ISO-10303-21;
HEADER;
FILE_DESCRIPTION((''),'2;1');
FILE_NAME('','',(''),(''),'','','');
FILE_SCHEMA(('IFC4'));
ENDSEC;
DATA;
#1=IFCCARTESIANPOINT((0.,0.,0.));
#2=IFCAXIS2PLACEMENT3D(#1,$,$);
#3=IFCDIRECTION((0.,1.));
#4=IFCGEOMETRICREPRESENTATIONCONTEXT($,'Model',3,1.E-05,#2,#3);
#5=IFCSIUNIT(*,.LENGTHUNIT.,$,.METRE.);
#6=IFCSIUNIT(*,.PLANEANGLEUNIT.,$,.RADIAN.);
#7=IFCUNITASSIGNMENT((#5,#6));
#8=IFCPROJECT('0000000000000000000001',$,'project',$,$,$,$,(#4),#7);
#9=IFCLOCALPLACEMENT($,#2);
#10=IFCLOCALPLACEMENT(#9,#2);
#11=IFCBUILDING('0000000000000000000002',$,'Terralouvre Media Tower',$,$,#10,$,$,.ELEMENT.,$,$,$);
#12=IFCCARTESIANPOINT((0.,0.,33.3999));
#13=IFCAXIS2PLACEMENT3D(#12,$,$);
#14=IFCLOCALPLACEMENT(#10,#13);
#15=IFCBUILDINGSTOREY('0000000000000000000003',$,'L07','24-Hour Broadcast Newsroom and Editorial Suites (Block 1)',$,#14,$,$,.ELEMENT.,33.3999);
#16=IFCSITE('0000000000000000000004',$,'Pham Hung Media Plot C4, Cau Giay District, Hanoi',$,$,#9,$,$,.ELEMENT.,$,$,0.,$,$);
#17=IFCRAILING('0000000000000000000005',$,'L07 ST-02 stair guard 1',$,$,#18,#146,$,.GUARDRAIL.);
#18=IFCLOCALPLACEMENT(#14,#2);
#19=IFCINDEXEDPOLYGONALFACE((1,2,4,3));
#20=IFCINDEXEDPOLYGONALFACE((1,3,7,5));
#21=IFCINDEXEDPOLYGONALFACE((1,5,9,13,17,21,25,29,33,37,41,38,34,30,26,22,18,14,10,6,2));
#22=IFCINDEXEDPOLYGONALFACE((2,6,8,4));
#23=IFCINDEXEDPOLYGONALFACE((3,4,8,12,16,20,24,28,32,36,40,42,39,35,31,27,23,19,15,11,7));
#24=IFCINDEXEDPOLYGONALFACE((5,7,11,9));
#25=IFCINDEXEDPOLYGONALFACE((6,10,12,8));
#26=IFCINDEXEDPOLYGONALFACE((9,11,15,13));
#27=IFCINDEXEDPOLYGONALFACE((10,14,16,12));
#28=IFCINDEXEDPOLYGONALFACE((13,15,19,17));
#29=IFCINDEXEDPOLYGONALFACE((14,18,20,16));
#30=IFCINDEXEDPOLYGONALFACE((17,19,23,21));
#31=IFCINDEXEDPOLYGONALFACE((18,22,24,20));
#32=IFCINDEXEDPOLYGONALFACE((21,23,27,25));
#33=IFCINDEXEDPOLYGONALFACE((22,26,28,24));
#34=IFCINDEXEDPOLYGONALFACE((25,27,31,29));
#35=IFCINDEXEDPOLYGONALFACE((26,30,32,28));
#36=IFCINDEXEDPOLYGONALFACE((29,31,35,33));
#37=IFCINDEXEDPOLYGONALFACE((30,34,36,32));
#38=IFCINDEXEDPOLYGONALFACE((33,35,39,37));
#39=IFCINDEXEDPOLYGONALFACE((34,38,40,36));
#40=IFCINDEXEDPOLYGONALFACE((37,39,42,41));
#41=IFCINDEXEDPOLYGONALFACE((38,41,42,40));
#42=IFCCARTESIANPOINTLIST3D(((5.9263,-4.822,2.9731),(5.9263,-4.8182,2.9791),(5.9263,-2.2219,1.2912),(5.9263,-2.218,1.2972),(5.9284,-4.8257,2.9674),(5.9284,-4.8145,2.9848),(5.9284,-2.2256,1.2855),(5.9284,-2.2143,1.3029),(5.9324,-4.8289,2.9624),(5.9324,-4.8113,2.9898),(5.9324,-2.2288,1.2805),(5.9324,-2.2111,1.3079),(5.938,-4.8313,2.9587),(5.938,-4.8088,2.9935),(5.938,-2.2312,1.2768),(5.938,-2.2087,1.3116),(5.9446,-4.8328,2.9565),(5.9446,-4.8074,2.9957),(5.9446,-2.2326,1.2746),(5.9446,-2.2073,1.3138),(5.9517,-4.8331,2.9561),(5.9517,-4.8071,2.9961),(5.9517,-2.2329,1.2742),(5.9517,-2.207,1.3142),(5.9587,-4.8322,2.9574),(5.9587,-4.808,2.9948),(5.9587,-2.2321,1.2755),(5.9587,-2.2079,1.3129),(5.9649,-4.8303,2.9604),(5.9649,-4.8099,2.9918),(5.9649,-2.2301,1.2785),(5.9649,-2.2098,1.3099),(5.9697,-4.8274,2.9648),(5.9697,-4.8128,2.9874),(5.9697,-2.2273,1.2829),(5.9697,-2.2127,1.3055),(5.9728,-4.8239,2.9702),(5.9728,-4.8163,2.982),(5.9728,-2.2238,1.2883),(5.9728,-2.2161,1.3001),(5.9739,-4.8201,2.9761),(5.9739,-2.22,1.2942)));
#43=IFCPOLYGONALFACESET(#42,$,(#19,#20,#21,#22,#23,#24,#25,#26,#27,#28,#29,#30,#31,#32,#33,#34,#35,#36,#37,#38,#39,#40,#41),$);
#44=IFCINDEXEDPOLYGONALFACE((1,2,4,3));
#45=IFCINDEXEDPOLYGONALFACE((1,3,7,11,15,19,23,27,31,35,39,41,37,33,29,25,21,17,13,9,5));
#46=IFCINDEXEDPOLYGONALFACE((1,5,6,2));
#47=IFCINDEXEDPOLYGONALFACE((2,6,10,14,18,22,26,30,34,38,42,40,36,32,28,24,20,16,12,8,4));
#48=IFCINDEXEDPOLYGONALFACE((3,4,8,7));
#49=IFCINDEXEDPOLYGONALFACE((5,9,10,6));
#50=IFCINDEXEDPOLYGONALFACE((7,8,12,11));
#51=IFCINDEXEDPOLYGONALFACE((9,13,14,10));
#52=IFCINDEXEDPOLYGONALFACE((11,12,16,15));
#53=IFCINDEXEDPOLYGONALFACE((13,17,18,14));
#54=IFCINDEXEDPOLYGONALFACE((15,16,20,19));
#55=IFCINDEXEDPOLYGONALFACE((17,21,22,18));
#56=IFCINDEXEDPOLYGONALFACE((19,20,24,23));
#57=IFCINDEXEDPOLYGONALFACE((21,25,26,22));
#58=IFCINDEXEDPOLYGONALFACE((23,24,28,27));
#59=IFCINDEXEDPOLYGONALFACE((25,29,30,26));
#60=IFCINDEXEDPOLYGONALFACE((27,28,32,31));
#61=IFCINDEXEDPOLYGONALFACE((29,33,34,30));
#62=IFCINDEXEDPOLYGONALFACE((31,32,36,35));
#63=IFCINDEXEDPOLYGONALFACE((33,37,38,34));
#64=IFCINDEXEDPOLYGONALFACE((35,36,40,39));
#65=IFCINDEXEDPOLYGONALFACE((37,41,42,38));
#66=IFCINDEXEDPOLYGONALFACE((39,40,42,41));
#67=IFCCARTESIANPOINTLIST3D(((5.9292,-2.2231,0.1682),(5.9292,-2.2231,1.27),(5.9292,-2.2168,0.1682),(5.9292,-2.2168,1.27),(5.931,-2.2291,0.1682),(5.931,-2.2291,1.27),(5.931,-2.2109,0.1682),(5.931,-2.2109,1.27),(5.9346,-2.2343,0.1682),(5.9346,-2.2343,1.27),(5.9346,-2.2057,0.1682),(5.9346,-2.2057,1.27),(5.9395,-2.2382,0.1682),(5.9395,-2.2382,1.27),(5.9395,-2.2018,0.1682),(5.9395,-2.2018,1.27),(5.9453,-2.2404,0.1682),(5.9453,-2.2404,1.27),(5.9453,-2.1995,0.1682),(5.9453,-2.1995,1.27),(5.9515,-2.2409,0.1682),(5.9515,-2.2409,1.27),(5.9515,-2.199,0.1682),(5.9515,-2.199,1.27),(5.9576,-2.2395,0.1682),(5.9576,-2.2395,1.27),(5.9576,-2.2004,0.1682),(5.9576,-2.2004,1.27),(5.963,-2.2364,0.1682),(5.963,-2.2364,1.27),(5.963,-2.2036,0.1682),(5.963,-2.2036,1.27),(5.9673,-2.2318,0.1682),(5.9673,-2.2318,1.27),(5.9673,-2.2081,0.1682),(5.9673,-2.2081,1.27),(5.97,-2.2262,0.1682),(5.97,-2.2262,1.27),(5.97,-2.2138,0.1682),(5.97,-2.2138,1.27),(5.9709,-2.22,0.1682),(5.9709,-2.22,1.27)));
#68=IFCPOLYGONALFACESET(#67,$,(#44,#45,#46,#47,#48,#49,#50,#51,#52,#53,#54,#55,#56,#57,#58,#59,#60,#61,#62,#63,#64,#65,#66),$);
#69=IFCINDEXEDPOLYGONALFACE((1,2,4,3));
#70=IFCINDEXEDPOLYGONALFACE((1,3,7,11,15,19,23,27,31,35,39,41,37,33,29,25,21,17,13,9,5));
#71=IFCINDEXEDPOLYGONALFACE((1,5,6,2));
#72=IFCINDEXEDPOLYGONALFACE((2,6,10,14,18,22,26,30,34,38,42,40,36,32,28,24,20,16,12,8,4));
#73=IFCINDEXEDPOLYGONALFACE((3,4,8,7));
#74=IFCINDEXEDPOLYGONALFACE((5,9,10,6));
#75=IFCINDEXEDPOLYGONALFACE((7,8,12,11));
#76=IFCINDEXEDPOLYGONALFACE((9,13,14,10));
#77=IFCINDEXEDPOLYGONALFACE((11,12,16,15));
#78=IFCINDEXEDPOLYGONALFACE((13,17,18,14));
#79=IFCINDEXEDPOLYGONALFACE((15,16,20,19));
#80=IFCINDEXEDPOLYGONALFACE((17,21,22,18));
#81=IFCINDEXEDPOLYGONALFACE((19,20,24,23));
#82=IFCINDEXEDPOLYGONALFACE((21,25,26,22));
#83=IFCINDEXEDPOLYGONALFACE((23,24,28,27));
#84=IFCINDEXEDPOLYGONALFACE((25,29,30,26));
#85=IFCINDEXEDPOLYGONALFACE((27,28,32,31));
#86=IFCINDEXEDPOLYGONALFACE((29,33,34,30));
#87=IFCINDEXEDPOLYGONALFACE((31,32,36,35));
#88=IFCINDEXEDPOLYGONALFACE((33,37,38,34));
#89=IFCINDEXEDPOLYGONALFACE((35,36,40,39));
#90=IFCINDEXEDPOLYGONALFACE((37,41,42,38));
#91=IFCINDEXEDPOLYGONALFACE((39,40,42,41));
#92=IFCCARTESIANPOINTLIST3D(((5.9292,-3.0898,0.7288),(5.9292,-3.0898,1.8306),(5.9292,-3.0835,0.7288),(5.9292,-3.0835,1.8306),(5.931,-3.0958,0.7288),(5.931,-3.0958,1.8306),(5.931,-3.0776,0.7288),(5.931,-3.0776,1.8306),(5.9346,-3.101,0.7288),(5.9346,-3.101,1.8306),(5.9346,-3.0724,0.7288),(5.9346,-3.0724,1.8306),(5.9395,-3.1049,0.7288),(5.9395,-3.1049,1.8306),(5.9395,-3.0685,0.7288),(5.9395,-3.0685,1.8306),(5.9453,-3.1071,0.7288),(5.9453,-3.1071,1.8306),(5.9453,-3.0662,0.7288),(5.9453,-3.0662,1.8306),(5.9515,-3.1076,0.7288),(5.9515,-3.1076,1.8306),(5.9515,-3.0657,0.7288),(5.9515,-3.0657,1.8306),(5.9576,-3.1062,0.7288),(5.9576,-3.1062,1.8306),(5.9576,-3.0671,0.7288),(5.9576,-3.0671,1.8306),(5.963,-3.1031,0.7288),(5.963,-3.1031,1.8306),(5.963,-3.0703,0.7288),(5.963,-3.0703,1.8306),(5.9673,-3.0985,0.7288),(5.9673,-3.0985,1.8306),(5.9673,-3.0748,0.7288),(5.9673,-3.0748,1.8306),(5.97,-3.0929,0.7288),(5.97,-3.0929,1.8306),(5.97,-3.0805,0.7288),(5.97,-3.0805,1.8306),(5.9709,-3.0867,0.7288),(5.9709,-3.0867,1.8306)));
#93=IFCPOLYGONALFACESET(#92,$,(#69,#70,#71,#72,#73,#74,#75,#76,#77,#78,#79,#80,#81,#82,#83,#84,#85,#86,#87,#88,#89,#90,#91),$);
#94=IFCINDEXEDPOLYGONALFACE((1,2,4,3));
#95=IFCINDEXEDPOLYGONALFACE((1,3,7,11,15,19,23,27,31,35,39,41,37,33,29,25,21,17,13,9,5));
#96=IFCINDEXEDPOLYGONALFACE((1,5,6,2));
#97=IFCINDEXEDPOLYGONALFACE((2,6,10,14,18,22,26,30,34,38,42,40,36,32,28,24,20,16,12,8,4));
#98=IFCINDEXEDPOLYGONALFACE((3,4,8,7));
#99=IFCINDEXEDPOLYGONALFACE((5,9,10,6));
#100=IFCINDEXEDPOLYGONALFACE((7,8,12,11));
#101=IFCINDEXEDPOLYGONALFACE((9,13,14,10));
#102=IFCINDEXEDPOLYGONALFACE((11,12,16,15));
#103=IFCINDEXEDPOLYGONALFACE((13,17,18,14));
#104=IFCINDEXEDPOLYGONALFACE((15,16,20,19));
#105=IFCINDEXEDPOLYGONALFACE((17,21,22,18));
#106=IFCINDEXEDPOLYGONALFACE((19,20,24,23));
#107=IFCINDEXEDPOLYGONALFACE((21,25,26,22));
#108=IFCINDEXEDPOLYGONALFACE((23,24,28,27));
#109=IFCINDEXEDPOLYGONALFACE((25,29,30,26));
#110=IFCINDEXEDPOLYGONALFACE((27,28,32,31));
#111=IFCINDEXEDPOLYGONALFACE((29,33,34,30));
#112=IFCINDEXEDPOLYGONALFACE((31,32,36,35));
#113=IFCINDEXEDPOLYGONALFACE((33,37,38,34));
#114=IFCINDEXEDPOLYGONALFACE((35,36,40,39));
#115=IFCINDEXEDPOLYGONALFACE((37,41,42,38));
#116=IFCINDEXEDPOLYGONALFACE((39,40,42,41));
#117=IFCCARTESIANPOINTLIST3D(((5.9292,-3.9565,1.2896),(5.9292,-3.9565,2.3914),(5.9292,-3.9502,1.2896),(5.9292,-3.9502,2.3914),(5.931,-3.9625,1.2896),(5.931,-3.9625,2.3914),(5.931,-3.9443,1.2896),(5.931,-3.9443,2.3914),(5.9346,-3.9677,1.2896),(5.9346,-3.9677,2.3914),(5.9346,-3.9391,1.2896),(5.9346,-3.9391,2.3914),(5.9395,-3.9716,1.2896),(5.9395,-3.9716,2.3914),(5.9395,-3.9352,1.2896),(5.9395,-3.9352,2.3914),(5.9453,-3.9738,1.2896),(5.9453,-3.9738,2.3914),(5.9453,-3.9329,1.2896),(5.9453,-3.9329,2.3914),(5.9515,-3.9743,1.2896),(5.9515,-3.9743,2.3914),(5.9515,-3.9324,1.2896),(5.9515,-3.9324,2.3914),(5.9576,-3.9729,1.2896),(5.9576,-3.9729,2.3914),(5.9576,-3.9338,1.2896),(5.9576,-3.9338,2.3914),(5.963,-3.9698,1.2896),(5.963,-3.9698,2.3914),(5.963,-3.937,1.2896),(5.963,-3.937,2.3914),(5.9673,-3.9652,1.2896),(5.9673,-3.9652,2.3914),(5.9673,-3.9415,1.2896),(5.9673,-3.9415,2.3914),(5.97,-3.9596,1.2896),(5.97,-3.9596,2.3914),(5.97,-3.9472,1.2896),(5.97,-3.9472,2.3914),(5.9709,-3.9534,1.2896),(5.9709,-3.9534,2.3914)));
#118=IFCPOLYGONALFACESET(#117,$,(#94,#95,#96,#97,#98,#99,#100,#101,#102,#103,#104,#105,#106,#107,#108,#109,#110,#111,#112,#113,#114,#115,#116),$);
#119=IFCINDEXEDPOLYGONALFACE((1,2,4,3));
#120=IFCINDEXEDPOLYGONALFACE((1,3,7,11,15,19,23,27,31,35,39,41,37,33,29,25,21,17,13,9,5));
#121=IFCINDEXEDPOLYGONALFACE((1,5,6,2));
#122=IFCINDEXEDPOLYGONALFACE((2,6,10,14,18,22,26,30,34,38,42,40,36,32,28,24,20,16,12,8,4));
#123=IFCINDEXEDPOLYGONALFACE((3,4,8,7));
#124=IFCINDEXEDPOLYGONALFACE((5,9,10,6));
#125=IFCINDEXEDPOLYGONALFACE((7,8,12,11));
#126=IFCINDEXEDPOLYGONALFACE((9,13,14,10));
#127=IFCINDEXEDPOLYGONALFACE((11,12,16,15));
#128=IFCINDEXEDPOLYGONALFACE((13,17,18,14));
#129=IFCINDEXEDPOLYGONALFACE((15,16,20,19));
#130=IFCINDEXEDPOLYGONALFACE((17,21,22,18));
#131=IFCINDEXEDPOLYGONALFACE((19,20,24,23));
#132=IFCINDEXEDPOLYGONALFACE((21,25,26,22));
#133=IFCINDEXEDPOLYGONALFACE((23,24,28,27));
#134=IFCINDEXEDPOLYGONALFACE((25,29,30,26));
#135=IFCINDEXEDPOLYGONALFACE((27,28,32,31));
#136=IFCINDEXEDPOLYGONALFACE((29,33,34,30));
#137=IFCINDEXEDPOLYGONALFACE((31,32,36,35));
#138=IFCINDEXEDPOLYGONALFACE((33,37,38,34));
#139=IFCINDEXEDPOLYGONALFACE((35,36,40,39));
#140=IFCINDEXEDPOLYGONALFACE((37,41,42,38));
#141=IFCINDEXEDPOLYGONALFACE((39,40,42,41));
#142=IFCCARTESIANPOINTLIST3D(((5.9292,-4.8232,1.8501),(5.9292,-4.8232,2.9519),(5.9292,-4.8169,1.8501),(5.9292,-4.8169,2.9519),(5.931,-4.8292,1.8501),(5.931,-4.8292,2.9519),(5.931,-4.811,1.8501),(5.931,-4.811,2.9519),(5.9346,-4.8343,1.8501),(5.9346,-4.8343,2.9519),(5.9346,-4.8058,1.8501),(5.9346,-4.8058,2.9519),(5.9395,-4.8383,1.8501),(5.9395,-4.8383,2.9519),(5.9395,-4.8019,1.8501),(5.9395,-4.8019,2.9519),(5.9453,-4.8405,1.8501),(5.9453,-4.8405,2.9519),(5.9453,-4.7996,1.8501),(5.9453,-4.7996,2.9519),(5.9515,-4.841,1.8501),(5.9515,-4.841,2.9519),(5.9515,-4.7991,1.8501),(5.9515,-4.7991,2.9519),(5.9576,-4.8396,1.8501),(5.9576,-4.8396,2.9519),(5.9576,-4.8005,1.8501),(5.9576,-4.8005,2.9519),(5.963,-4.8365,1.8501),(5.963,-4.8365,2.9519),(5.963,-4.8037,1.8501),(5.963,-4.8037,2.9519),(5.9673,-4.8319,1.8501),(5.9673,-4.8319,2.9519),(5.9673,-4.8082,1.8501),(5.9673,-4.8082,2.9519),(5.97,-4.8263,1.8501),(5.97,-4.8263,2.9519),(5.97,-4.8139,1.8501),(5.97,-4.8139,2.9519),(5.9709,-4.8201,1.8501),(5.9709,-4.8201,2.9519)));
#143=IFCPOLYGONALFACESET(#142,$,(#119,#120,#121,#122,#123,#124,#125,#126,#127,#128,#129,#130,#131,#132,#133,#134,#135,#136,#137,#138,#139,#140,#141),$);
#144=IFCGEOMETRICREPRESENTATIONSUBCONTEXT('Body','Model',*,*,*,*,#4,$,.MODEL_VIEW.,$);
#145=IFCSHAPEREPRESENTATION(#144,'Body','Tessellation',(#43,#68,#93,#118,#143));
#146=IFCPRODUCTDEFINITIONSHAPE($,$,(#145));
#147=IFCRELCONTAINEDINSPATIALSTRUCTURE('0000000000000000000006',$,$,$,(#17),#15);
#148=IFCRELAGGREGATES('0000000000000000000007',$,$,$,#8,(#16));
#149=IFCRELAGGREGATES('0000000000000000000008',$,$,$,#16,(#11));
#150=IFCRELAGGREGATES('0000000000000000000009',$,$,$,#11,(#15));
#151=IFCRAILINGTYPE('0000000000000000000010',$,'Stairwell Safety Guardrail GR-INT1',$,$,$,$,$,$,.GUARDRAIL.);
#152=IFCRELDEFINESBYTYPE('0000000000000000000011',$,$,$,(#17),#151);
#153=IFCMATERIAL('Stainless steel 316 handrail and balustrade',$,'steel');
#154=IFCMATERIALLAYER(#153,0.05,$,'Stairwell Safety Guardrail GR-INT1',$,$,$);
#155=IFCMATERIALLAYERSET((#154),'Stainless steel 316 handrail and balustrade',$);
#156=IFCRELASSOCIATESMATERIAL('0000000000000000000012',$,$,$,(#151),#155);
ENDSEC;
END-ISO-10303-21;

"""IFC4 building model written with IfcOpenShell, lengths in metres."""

from ifc_helpers import new_model, si_unit, direction, frame, origin, origin_2d, place, context, subcontext, project, spatial, circle, extrude, material, layer, layer_set, type_object, element, save


model = new_model("IFC4")

# Units and contexts
model_context = context("Model", 3, precision=1e-05, world=origin(), true_north=direction((0.0, 1.0)))
body_context = subcontext(model_context, "Body", "Model", "MODEL_VIEW")
ifc_project = project(units=[si_unit("LENGTHUNIT", "METRE"), si_unit("PLANEANGLEUNIT", "RADIAN")], contexts=[model_context])

# Site, building, storey
site_placement = place(None, origin())
site = spatial("IfcSite", under=ifc_project, at=site_placement, Name="Pham Hung Media Plot C4, Cau Giay District, Hanoi", CompositionType="ELEMENT", RefElevation=0.0)
building_placement = place(site_placement, origin())
building = spatial("IfcBuilding", under=site, at=building_placement, Name="Terralouvre Media Tower", CompositionType="ELEMENT")
storey_placement = place(building_placement, frame((0.0, 0.0, 33.3999)))
storey = spatial("IfcBuildingStorey", under=building, at=storey_placement, Name="L07", Description="24-Hour Broadcast Newsroom and Editorial Suites (Block 1)", CompositionType="ELEMENT", Elevation=33.3999)

# Railing
ifc_material_1 = material(Name="Stainless steel 316 handrail and balustrade", Category="steel")
ifc_layer_1 = layer(ifc_material_1, 0.05, Name="Stairwell Safety Guardrail GR-INT1")
ifc_layer_set_1 = layer_set([ifc_layer_1], Name="Stainless steel 316 handrail and balustrade")
railing_type_1 = type_object("IfcRailingType", Name="Stairwell Safety Guardrail GR-INT1", PredefinedType="GUARDRAIL", material=ifc_layer_set_1)
railing_1_placement = place(storey_placement, frame((5.95, -2.22, 0.1682)))
element("IfcRailing", 1, at=railing_1_placement, inside=storey, type_object=railing_type_1, Name="L07 ST-02 stair guard 1", PredefinedType="GUARDRAIL", context=body_context, shape_type="SweptSolid", body=[
    extrude(circle(Radius=0.0239, at=origin_2d()), frame((0.0, 0.0, 1.126), z_axis=(0.0, -0.839648, 0.54313), x_axis=(1.0, 0.0, 0.0)), (0.0, 0.0, 1.0), 3.0967),
    extrude(circle(Radius=0.021, at=origin_2d()), origin(), (0.0, 0.0, 1.0), 1.1018),
    extrude(circle(Radius=0.021, at=origin_2d()), frame((0.0, -0.8667, 0.5605)), (0.0, 0.0, 1.0), 1.1018),
    extrude(circle(Radius=0.021, at=origin_2d()), frame((0.0, -1.7334, 1.1213)), (0.0, 0.0, 1.0), 1.1018),
    extrude(circle(Radius=0.021, at=origin_2d()), frame((0.0, -2.6001, 1.6819)), (0.0, 0.0, 1.0), 1.1018),
])

save(model, "model.ifc")
